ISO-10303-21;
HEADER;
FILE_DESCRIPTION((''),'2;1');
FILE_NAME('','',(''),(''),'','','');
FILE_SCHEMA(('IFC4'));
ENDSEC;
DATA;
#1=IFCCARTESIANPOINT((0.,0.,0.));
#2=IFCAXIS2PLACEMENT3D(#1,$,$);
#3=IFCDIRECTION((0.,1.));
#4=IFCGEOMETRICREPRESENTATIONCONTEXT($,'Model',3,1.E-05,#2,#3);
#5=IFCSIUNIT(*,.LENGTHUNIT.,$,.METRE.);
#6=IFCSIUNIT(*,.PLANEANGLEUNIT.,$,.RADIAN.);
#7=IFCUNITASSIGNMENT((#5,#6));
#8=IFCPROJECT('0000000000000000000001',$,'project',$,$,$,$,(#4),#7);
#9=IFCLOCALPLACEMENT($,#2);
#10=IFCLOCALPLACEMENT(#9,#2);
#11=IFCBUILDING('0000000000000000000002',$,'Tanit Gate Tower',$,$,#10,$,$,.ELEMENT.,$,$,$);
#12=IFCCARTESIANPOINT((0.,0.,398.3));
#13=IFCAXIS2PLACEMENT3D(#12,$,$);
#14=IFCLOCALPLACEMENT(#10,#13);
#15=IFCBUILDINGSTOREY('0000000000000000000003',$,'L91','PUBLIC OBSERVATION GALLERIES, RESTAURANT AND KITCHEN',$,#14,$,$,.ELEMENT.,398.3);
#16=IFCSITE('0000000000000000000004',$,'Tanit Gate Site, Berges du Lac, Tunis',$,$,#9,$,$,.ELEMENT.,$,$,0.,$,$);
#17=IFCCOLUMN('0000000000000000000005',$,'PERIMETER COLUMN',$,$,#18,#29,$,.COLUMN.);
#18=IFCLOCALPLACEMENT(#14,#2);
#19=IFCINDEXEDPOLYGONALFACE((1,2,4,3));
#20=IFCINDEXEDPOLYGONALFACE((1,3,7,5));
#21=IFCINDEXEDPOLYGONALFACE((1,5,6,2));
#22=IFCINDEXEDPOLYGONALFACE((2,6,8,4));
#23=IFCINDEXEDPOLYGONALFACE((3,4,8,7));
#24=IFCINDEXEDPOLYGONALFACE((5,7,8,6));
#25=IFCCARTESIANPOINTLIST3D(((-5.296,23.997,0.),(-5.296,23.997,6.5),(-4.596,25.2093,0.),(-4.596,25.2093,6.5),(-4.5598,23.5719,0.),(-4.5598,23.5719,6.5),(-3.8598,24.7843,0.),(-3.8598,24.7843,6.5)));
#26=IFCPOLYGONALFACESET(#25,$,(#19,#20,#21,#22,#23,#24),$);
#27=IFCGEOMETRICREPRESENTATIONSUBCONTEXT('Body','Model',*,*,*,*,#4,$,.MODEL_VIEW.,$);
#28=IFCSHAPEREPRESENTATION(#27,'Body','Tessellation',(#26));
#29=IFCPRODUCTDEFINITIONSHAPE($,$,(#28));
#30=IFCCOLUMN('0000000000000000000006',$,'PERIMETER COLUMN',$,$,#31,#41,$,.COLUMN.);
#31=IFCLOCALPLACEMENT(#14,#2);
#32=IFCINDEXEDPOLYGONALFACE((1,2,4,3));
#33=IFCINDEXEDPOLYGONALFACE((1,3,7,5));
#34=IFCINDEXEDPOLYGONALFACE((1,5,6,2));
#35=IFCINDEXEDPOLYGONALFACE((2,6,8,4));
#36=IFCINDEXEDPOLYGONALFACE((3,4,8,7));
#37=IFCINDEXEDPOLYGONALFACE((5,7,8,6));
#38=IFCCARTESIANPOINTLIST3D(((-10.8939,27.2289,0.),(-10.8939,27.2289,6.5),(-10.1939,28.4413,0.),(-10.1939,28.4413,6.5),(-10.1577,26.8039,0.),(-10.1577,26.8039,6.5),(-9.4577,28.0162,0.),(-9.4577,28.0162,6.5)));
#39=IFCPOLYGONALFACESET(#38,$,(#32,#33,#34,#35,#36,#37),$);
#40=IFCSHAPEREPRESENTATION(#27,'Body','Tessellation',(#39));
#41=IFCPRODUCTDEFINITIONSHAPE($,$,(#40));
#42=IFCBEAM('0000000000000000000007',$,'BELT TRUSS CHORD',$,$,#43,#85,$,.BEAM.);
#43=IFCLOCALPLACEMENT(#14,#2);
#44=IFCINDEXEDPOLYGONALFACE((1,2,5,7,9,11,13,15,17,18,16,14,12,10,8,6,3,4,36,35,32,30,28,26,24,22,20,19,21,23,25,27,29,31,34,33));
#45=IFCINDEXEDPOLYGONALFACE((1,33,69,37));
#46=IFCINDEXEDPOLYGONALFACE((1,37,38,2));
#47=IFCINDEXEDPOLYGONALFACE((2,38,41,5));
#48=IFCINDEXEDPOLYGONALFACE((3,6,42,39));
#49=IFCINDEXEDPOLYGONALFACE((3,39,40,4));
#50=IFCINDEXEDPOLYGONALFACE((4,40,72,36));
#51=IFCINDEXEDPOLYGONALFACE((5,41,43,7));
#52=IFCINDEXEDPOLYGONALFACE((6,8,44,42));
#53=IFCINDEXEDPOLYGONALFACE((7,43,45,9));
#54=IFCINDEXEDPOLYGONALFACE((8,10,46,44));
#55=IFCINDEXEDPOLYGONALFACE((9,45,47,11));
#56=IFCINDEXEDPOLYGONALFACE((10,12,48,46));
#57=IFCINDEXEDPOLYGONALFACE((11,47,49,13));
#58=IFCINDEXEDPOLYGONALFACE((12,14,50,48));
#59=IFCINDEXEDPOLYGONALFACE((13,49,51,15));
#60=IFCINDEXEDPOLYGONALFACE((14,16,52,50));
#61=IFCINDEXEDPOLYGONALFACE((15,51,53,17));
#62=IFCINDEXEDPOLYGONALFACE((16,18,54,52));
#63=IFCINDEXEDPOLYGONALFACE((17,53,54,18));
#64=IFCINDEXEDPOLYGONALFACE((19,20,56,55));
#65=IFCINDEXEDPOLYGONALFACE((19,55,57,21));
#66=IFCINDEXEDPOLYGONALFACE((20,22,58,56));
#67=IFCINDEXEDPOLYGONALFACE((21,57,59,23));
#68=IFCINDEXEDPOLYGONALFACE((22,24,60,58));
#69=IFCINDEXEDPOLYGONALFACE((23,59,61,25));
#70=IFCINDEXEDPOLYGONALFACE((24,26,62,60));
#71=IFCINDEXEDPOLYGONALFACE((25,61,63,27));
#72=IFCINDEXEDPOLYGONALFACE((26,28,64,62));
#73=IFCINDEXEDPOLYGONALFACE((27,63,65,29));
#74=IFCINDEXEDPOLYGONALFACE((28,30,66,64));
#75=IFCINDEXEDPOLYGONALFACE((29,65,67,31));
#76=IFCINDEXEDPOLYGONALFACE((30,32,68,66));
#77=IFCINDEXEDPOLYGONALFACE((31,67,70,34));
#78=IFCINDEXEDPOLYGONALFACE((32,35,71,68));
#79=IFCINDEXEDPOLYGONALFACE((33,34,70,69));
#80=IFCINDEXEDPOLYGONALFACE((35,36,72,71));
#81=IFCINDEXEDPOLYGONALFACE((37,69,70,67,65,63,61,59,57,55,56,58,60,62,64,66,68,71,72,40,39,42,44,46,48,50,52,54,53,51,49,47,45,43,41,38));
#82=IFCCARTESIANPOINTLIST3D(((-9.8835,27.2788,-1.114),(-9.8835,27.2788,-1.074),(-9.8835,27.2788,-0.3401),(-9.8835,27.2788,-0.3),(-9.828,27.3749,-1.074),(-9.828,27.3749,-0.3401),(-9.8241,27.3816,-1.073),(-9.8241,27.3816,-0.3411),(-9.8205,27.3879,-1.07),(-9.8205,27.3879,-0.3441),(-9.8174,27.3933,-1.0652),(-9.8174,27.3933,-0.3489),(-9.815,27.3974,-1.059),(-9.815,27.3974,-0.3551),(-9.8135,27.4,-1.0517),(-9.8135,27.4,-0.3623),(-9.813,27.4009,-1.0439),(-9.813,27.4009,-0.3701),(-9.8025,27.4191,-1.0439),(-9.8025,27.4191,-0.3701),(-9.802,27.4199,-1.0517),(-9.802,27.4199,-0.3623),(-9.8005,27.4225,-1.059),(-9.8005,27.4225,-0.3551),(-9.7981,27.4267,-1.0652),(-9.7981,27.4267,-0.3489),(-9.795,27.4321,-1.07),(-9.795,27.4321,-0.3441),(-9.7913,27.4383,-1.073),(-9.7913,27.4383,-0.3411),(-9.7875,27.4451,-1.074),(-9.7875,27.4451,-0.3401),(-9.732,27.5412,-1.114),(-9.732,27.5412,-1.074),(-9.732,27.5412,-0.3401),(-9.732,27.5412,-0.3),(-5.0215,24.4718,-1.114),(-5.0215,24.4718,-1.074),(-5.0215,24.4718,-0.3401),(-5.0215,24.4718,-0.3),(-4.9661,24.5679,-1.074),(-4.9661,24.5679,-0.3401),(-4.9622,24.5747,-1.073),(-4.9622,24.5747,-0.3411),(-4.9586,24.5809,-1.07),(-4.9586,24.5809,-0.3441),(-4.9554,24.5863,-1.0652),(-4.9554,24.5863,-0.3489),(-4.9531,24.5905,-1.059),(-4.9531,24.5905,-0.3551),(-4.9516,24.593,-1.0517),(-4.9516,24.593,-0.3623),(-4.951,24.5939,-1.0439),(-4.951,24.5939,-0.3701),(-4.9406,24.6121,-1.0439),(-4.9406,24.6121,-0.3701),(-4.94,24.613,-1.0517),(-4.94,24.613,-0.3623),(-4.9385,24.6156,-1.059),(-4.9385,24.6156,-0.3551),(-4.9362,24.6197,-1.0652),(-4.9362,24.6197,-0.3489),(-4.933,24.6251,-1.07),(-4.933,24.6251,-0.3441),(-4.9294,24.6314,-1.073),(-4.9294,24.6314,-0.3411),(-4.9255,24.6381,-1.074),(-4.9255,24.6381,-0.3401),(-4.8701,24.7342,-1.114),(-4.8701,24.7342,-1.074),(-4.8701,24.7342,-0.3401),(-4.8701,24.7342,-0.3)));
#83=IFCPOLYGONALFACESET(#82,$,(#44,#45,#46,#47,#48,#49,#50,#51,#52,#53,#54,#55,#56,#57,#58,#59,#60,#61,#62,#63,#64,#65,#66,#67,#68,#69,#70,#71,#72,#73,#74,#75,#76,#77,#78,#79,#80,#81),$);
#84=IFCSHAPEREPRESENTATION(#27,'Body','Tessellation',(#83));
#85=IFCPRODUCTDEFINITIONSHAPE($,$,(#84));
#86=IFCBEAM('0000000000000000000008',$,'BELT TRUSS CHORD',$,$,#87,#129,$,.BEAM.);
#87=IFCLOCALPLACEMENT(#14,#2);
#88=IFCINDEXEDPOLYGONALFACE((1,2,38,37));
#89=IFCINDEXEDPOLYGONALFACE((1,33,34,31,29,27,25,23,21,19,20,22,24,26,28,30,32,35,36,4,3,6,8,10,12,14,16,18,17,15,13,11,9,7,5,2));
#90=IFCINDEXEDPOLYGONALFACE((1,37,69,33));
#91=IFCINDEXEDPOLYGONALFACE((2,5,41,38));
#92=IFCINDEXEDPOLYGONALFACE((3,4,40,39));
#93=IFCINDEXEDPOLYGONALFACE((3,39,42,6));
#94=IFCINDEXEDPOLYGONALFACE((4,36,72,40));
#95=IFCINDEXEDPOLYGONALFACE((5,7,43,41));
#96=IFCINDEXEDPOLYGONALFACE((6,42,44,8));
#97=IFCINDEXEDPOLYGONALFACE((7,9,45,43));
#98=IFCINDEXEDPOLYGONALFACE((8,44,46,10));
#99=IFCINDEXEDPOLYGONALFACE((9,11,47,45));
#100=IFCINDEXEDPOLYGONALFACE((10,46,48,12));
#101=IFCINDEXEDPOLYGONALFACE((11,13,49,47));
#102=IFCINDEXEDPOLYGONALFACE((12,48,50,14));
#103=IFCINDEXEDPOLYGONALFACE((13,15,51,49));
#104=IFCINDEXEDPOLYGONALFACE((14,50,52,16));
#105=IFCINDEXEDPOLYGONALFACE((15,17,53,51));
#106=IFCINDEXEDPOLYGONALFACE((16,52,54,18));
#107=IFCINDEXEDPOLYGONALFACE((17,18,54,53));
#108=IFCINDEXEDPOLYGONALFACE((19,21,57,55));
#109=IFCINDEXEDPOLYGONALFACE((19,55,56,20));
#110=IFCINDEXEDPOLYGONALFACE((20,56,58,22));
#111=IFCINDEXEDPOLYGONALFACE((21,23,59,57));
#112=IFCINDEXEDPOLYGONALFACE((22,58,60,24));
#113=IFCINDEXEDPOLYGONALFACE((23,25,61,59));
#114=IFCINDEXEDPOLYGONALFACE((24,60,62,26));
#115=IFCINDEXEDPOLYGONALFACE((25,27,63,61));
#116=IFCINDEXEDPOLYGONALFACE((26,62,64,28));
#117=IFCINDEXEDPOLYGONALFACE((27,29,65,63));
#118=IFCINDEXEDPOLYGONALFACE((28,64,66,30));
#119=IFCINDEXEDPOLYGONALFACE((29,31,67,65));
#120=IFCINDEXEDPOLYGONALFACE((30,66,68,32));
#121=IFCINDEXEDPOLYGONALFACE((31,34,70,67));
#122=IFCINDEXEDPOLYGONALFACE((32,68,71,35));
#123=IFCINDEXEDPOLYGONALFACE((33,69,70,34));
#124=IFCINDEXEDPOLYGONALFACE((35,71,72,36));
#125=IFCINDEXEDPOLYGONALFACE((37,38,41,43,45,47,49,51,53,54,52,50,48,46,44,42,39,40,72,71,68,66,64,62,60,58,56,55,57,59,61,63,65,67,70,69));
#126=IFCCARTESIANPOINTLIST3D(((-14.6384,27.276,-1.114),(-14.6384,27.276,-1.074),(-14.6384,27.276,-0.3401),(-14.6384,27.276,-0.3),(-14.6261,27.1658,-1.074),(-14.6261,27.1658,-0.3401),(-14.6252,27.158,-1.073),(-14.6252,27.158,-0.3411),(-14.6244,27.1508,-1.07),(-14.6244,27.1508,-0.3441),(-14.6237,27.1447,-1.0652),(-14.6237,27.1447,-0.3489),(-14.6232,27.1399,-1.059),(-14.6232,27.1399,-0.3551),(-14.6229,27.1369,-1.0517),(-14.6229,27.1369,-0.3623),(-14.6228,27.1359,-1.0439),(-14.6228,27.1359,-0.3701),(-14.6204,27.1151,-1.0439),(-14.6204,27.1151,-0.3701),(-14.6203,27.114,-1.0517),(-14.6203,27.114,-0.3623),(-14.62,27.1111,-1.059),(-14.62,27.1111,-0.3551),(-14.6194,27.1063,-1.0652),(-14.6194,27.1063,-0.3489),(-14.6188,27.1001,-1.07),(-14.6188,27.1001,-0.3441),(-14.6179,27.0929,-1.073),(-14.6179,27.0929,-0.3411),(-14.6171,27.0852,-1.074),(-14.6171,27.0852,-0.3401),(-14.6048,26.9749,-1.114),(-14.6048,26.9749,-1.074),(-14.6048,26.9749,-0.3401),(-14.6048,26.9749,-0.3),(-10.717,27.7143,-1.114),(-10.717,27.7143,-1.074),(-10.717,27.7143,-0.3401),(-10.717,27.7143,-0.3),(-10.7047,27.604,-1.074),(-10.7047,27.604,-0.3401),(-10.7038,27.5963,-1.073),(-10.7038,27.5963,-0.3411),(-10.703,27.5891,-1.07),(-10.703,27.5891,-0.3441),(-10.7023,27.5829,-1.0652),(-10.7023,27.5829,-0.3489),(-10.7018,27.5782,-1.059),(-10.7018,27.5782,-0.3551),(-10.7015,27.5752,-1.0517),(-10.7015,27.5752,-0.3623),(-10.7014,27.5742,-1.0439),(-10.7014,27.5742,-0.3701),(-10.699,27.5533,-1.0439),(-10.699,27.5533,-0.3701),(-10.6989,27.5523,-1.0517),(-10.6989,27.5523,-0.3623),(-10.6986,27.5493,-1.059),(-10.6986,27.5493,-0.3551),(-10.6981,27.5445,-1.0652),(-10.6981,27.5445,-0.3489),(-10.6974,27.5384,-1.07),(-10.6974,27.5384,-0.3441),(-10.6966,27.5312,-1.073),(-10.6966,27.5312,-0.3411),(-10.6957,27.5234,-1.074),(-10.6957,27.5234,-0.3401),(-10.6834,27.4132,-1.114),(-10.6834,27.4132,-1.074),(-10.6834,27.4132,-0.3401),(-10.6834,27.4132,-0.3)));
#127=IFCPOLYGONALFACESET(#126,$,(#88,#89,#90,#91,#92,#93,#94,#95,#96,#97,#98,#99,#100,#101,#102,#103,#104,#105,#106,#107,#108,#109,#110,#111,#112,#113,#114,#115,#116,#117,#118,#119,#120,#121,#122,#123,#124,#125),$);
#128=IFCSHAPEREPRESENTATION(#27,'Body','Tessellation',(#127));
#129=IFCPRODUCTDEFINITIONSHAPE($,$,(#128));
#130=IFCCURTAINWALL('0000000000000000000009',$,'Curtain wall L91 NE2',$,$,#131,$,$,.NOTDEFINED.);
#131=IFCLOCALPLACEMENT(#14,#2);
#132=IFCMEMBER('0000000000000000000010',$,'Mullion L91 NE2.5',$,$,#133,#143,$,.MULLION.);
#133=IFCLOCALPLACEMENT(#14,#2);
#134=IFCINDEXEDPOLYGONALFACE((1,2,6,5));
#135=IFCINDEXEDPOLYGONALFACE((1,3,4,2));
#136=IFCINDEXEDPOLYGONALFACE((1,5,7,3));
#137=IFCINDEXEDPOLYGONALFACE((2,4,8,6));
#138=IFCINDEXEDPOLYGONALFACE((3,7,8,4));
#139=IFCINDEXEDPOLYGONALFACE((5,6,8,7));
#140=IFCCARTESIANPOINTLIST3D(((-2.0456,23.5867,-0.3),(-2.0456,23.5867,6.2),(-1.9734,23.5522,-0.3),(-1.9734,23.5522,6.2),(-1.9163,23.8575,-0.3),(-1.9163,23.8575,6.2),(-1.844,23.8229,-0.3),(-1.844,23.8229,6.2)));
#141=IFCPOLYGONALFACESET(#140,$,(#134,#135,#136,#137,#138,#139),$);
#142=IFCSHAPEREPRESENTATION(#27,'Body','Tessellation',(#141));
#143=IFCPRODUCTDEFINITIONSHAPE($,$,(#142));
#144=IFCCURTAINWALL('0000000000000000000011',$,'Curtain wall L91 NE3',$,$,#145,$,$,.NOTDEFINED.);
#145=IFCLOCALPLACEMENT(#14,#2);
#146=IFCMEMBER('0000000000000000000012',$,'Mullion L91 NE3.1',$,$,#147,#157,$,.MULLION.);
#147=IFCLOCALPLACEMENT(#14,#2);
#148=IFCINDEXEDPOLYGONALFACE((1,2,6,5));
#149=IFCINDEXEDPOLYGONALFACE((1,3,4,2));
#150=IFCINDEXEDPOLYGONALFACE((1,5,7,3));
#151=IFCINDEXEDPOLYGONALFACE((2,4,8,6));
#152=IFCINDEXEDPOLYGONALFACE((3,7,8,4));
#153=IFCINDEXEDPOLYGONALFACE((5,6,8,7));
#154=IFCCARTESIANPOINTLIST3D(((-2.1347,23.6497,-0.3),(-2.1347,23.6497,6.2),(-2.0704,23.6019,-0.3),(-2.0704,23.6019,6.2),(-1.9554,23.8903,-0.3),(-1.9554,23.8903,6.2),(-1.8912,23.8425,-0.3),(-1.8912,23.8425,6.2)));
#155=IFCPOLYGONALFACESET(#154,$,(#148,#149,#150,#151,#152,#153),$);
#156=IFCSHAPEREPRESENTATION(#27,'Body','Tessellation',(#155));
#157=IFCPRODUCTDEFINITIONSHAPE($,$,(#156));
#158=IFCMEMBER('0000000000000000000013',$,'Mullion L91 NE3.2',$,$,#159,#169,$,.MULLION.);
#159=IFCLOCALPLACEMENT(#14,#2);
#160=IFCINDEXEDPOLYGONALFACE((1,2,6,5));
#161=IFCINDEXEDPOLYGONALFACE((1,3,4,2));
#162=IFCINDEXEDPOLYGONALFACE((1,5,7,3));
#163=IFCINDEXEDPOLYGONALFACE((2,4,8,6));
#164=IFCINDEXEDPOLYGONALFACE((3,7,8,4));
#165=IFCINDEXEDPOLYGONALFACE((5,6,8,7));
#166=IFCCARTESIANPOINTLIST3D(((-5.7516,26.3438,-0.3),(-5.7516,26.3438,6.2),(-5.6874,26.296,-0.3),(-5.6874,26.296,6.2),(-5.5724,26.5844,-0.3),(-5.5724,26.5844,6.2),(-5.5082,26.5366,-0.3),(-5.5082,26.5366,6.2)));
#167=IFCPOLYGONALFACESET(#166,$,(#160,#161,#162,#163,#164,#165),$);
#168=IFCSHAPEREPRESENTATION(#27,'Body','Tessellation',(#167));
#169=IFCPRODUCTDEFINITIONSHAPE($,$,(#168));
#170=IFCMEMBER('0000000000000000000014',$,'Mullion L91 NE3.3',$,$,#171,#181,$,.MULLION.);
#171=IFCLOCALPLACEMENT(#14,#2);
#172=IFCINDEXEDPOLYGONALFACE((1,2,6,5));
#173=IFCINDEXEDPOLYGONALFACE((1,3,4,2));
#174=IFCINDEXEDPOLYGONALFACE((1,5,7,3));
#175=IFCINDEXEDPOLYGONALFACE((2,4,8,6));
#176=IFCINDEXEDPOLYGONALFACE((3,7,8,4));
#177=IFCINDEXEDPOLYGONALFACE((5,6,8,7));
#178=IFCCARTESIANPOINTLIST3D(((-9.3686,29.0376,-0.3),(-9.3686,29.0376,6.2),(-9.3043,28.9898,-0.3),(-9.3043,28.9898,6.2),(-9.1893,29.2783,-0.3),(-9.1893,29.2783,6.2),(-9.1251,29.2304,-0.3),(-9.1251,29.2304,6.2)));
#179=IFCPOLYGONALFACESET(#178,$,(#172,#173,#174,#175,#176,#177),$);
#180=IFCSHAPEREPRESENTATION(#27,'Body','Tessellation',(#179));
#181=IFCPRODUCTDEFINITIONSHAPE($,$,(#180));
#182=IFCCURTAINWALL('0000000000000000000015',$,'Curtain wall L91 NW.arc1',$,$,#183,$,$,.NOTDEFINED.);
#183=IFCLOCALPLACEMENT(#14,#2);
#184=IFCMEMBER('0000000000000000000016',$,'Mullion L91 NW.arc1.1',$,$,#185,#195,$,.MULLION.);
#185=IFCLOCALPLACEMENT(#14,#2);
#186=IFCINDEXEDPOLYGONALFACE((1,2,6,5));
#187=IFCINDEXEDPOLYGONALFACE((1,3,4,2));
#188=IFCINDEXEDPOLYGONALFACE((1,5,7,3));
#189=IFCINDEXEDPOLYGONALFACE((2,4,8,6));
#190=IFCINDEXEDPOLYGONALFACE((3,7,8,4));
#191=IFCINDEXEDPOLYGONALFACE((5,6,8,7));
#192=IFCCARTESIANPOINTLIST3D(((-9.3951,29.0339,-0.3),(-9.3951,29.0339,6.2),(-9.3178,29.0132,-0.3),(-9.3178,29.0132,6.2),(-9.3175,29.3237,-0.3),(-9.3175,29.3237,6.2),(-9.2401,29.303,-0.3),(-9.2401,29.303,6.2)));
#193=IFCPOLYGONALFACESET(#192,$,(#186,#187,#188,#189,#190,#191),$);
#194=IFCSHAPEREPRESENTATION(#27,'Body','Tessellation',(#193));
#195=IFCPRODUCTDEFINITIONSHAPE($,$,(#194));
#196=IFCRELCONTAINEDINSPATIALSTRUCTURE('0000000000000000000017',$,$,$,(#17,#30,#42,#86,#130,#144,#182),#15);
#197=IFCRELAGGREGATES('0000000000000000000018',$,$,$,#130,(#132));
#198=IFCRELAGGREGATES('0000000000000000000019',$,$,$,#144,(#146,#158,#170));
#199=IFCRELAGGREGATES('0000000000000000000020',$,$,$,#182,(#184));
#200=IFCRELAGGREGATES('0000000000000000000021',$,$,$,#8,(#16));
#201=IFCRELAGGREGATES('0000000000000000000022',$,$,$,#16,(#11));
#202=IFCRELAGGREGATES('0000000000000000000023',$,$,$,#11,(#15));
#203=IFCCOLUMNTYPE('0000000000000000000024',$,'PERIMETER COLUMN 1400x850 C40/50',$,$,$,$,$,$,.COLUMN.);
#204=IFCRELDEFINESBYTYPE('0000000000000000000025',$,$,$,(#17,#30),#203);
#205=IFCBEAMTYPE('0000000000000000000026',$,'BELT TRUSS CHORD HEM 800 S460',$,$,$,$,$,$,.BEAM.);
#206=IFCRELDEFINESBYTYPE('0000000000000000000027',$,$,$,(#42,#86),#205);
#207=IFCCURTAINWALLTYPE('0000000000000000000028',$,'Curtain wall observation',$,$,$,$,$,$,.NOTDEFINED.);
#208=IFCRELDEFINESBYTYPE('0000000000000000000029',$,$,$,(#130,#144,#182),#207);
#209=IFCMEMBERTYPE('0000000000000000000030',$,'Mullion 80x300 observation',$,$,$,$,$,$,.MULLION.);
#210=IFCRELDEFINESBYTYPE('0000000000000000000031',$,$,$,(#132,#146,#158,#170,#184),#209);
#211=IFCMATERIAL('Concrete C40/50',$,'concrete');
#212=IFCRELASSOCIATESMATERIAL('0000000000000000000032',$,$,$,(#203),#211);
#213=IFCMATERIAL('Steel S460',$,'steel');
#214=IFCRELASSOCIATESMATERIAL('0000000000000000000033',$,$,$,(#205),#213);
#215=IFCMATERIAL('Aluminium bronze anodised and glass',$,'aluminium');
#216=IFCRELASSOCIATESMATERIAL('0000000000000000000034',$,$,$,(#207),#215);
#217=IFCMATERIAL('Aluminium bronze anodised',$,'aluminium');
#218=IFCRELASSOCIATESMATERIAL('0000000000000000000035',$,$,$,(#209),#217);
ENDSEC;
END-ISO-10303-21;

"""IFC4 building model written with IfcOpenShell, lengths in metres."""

from ifc_helpers import new_model, si_unit, direction, frame, origin, origin_2d, place, context, subcontext, project, spatial, rectangle, i_section, extrude, material, material_profile, profile_set, type_object, element, aggregate, save


model = new_model("IFC4")

# Units and contexts
model_context = context("Model", 3, precision=1e-05, world=origin(), true_north=direction((0.0, 1.0)))
body_context = subcontext(model_context, "Body", "Model", "MODEL_VIEW")
ifc_project = project(units=[si_unit("LENGTHUNIT", "METRE"), si_unit("PLANEANGLEUNIT", "RADIAN")], contexts=[model_context])

# Site, building, storey
site_placement = place(None, origin())
site = spatial("IfcSite", under=ifc_project, at=site_placement, Name="Tanit Gate Site, Berges du Lac, Tunis", CompositionType="ELEMENT", RefElevation=0.0)
building_placement = place(site_placement, origin())
building = spatial("IfcBuilding", under=site, at=building_placement, Name="Tanit Gate Tower", CompositionType="ELEMENT")
storey_placement = place(building_placement, frame((0.0, 0.0, 398.3)))
storey = spatial("IfcBuildingStorey", under=building, at=storey_placement, Name="L91", Description="PUBLIC OBSERVATION GALLERIES, RESTAURANT AND KITCHEN", CompositionType="ELEMENT", Elevation=398.3)

# Columns
ifc_material_1 = material(Name="Concrete C40/50", Category="concrete")
ifc_material_profile_1 = material_profile(ifc_material_1, rectangle(XDim=1.3999, YDim=0.8501, at=origin_2d()), Name="RC 1400x850")
ifc_profile_set_1 = profile_set([ifc_material_profile_1], Name="Concrete C40/50")
column_type = type_object("IfcColumnType", Name="PERIMETER COLUMN 1400x850 C40/50", PredefinedType="COLUMN", material=ifc_profile_set_1)
for number, where, z_axis, x_axis, name in (
    (1, (-4.5779, 24.3906, 0.0), (0.0, 0.0, 1.0), (0.5, 0.866025, 0.0), "PERIMETER COLUMN"),
    (2, (-10.1758, 27.6226, 0.0), (0.0, 0.0, 1.0), (0.5, 0.866025, 0.0), "PERIMETER COLUMN"),
):
    element("IfcColumn", number, at=place(storey_placement, frame(where, z_axis=z_axis, x_axis=x_axis)), inside=storey, type_object=column_type, Name=name, PredefinedType="COLUMN", context=body_context, shape_type="SweptSolid", body=[
        extrude(rectangle(XDim=1.3999, YDim=0.8501, at=origin_2d()), origin(), (0.0, 0.0, 1.0), 6.5),
    ])

# Beams
ifc_material_2 = material(Name="Steel S460", Category="steel")
ifc_material_profile_2 = material_profile(ifc_material_2, i_section(OverallWidth=0.303, OverallDepth=0.814, WebThickness=0.021, FlangeThickness=0.04, FilletRadius=0.03, at=origin_2d()), Name="HEM 800")
ifc_profile_set_2 = profile_set([ifc_material_profile_2], Name="Steel S460")
beam_type_1 = type_object("IfcBeamType", Name="BELT TRUSS CHORD HEM 800 S460", PredefinedType="BEAM", material=ifc_profile_set_2)
beam_1_placement = place(storey_placement, frame((-4.9458, 24.603, -0.707), z_axis=(-0.866032, 0.499988, 0.0), x_axis=(-0.499988, -0.866032, 0.0)))
element("IfcBeam", 3, at=beam_1_placement, inside=storey, type_object=beam_type_1, Name="BELT TRUSS CHORD", PredefinedType="BEAM", context=body_context, shape_type="SweptSolid", body=[
    extrude(i_section(OverallWidth=0.303, OverallDepth=0.814, WebThickness=0.021, FlangeThickness=0.04, FilletRadius=0.03, at=origin_2d()), origin(), (0.0, 0.0, 1.0), 5.614),
])
beam_2_placement = place(storey_placement, frame((-10.7002, 27.5637, -0.707), z_axis=(-0.993813, -0.111063, 0.0), x_axis=(0.111063, -0.993813, 0.0)))
element("IfcBeam", 4, at=beam_2_placement, inside=storey, type_object=beam_type_1, Name="BELT TRUSS CHORD", PredefinedType="BEAM", context=body_context, shape_type="SweptSolid", body=[
    extrude(i_section(OverallWidth=0.303, OverallDepth=0.814, WebThickness=0.021, FlangeThickness=0.04, FilletRadius=0.03, at=origin_2d()), origin(), (0.0, 0.0, 1.0), 3.9458),
])

# Curtain wall, member
ifc_material_3 = material(Name="Aluminium bronze anodised and glass", Category="aluminium")
curtain_wall_type = type_object("IfcCurtainWallType", Name="Curtain wall observation", PredefinedType="NOTDEFINED", material=ifc_material_3)
curtain_wall_1_placement = place(storey_placement, origin())
curtain_wall_1 = element("IfcCurtainWall", 5, at=curtain_wall_1_placement, inside=storey, type_object=curtain_wall_type, Name="Curtain wall L91 NE2", PredefinedType="NOTDEFINED")
ifc_material_4 = material(Name="Aluminium bronze anodised", Category="aluminium")
ifc_material_profile_3 = material_profile(ifc_material_4, rectangle(XDim=0.3, YDim=0.0801, at=origin_2d()), Name="80x300 bronze mullion")
ifc_profile_set_3 = profile_set([ifc_material_profile_3], Name="Aluminium bronze anodised")
member_type_1 = type_object("IfcMemberType", Name="Mullion 80x300 observation", PredefinedType="MULLION", material=ifc_profile_set_3)
member_1_placement = place(storey_placement, frame((-1.9448, 23.7048, -0.3), z_axis=(0.0, 0.0, 1.0), x_axis=(-0.431073, -0.902317, 0.0)))
member_1 = element("IfcMember", 6, at=member_1_placement, type_object=member_type_1, Name="Mullion L91 NE2.5", PredefinedType="MULLION", context=body_context, shape_type="SweptSolid", body=[
    extrude(rectangle(XDim=0.3, YDim=0.0801, at=origin_2d()), origin(), (0.0, 0.0, 1.0), 6.5),
])
aggregate(curtain_wall_1, [member_1])

# Curtain walls, members
curtain_wall_2_placement = place(storey_placement, origin())
curtain_wall_2 = element("IfcCurtainWall", 7, at=curtain_wall_2_placement, inside=storey, type_object=curtain_wall_type, Name="Curtain wall L91 NE3", PredefinedType="NOTDEFINED")
member_2_placement = place(storey_placement, frame((-2.0129, 23.7461, -0.3), z_axis=(0.0, 0.0, 1.0), x_axis=(-0.597341, -0.801988, 0.0)))
member_2 = element("IfcMember", 8, at=member_2_placement, type_object=member_type_1, Name="Mullion L91 NE3.1", PredefinedType="MULLION", context=body_context, shape_type="SweptSolid", body=[
    extrude(rectangle(XDim=0.3, YDim=0.0801, at=origin_2d()), origin(), (0.0, 0.0, 1.0), 6.5),
])
member_3_placement = place(storey_placement, frame((-5.6299, 26.4402, -0.3), z_axis=(0.0, 0.0, 1.0), x_axis=(-0.597341, -0.801988, 0.0)))
member_3 = element("IfcMember", 9, at=member_3_placement, type_object=member_type_1, Name="Mullion L91 NE3.2", PredefinedType="MULLION", context=body_context, shape_type="SweptSolid", body=[
    extrude(rectangle(XDim=0.3, YDim=0.0801, at=origin_2d()), origin(), (0.0, 0.0, 1.0), 6.5),
])
member_4_placement = place(storey_placement, frame((-9.2468, 29.134, -0.3), z_axis=(0.0, 0.0, 1.0), x_axis=(-0.597341, -0.801988, 0.0)))
member_4 = element("IfcMember", 10, at=member_4_placement, type_object=member_type_1, Name="Mullion L91 NE3.3", PredefinedType="MULLION", context=body_context, shape_type="SweptSolid", body=[
    extrude(rectangle(XDim=0.3, YDim=0.0801, at=origin_2d()), origin(), (0.0, 0.0, 1.0), 6.5),
])
curtain_wall_3_placement = place(storey_placement, origin())
curtain_wall_3 = element("IfcCurtainWall", 11, at=curtain_wall_3_placement, inside=storey, type_object=curtain_wall_type, Name="Curtain wall L91 NW.arc1", PredefinedType="NOTDEFINED")
member_5_placement = place(storey_placement, frame((-9.3176, 29.1685, -0.3), z_axis=(0.0, 0.0, 1.0), x_axis=(-0.258819, -0.965926, 0.0)))
member_5 = element("IfcMember", 12, at=member_5_placement, type_object=member_type_1, Name="Mullion L91 NW.arc1.1", PredefinedType="MULLION", context=body_context, shape_type="SweptSolid", body=[
    extrude(rectangle(XDim=0.3, YDim=0.0801, at=origin_2d()), origin(), (0.0, 0.0, 1.0), 6.5),
])

aggregate(curtain_wall_2, [member_2, member_3, member_4])
aggregate(curtain_wall_3, [member_5])

save(model, "model.ifc")
